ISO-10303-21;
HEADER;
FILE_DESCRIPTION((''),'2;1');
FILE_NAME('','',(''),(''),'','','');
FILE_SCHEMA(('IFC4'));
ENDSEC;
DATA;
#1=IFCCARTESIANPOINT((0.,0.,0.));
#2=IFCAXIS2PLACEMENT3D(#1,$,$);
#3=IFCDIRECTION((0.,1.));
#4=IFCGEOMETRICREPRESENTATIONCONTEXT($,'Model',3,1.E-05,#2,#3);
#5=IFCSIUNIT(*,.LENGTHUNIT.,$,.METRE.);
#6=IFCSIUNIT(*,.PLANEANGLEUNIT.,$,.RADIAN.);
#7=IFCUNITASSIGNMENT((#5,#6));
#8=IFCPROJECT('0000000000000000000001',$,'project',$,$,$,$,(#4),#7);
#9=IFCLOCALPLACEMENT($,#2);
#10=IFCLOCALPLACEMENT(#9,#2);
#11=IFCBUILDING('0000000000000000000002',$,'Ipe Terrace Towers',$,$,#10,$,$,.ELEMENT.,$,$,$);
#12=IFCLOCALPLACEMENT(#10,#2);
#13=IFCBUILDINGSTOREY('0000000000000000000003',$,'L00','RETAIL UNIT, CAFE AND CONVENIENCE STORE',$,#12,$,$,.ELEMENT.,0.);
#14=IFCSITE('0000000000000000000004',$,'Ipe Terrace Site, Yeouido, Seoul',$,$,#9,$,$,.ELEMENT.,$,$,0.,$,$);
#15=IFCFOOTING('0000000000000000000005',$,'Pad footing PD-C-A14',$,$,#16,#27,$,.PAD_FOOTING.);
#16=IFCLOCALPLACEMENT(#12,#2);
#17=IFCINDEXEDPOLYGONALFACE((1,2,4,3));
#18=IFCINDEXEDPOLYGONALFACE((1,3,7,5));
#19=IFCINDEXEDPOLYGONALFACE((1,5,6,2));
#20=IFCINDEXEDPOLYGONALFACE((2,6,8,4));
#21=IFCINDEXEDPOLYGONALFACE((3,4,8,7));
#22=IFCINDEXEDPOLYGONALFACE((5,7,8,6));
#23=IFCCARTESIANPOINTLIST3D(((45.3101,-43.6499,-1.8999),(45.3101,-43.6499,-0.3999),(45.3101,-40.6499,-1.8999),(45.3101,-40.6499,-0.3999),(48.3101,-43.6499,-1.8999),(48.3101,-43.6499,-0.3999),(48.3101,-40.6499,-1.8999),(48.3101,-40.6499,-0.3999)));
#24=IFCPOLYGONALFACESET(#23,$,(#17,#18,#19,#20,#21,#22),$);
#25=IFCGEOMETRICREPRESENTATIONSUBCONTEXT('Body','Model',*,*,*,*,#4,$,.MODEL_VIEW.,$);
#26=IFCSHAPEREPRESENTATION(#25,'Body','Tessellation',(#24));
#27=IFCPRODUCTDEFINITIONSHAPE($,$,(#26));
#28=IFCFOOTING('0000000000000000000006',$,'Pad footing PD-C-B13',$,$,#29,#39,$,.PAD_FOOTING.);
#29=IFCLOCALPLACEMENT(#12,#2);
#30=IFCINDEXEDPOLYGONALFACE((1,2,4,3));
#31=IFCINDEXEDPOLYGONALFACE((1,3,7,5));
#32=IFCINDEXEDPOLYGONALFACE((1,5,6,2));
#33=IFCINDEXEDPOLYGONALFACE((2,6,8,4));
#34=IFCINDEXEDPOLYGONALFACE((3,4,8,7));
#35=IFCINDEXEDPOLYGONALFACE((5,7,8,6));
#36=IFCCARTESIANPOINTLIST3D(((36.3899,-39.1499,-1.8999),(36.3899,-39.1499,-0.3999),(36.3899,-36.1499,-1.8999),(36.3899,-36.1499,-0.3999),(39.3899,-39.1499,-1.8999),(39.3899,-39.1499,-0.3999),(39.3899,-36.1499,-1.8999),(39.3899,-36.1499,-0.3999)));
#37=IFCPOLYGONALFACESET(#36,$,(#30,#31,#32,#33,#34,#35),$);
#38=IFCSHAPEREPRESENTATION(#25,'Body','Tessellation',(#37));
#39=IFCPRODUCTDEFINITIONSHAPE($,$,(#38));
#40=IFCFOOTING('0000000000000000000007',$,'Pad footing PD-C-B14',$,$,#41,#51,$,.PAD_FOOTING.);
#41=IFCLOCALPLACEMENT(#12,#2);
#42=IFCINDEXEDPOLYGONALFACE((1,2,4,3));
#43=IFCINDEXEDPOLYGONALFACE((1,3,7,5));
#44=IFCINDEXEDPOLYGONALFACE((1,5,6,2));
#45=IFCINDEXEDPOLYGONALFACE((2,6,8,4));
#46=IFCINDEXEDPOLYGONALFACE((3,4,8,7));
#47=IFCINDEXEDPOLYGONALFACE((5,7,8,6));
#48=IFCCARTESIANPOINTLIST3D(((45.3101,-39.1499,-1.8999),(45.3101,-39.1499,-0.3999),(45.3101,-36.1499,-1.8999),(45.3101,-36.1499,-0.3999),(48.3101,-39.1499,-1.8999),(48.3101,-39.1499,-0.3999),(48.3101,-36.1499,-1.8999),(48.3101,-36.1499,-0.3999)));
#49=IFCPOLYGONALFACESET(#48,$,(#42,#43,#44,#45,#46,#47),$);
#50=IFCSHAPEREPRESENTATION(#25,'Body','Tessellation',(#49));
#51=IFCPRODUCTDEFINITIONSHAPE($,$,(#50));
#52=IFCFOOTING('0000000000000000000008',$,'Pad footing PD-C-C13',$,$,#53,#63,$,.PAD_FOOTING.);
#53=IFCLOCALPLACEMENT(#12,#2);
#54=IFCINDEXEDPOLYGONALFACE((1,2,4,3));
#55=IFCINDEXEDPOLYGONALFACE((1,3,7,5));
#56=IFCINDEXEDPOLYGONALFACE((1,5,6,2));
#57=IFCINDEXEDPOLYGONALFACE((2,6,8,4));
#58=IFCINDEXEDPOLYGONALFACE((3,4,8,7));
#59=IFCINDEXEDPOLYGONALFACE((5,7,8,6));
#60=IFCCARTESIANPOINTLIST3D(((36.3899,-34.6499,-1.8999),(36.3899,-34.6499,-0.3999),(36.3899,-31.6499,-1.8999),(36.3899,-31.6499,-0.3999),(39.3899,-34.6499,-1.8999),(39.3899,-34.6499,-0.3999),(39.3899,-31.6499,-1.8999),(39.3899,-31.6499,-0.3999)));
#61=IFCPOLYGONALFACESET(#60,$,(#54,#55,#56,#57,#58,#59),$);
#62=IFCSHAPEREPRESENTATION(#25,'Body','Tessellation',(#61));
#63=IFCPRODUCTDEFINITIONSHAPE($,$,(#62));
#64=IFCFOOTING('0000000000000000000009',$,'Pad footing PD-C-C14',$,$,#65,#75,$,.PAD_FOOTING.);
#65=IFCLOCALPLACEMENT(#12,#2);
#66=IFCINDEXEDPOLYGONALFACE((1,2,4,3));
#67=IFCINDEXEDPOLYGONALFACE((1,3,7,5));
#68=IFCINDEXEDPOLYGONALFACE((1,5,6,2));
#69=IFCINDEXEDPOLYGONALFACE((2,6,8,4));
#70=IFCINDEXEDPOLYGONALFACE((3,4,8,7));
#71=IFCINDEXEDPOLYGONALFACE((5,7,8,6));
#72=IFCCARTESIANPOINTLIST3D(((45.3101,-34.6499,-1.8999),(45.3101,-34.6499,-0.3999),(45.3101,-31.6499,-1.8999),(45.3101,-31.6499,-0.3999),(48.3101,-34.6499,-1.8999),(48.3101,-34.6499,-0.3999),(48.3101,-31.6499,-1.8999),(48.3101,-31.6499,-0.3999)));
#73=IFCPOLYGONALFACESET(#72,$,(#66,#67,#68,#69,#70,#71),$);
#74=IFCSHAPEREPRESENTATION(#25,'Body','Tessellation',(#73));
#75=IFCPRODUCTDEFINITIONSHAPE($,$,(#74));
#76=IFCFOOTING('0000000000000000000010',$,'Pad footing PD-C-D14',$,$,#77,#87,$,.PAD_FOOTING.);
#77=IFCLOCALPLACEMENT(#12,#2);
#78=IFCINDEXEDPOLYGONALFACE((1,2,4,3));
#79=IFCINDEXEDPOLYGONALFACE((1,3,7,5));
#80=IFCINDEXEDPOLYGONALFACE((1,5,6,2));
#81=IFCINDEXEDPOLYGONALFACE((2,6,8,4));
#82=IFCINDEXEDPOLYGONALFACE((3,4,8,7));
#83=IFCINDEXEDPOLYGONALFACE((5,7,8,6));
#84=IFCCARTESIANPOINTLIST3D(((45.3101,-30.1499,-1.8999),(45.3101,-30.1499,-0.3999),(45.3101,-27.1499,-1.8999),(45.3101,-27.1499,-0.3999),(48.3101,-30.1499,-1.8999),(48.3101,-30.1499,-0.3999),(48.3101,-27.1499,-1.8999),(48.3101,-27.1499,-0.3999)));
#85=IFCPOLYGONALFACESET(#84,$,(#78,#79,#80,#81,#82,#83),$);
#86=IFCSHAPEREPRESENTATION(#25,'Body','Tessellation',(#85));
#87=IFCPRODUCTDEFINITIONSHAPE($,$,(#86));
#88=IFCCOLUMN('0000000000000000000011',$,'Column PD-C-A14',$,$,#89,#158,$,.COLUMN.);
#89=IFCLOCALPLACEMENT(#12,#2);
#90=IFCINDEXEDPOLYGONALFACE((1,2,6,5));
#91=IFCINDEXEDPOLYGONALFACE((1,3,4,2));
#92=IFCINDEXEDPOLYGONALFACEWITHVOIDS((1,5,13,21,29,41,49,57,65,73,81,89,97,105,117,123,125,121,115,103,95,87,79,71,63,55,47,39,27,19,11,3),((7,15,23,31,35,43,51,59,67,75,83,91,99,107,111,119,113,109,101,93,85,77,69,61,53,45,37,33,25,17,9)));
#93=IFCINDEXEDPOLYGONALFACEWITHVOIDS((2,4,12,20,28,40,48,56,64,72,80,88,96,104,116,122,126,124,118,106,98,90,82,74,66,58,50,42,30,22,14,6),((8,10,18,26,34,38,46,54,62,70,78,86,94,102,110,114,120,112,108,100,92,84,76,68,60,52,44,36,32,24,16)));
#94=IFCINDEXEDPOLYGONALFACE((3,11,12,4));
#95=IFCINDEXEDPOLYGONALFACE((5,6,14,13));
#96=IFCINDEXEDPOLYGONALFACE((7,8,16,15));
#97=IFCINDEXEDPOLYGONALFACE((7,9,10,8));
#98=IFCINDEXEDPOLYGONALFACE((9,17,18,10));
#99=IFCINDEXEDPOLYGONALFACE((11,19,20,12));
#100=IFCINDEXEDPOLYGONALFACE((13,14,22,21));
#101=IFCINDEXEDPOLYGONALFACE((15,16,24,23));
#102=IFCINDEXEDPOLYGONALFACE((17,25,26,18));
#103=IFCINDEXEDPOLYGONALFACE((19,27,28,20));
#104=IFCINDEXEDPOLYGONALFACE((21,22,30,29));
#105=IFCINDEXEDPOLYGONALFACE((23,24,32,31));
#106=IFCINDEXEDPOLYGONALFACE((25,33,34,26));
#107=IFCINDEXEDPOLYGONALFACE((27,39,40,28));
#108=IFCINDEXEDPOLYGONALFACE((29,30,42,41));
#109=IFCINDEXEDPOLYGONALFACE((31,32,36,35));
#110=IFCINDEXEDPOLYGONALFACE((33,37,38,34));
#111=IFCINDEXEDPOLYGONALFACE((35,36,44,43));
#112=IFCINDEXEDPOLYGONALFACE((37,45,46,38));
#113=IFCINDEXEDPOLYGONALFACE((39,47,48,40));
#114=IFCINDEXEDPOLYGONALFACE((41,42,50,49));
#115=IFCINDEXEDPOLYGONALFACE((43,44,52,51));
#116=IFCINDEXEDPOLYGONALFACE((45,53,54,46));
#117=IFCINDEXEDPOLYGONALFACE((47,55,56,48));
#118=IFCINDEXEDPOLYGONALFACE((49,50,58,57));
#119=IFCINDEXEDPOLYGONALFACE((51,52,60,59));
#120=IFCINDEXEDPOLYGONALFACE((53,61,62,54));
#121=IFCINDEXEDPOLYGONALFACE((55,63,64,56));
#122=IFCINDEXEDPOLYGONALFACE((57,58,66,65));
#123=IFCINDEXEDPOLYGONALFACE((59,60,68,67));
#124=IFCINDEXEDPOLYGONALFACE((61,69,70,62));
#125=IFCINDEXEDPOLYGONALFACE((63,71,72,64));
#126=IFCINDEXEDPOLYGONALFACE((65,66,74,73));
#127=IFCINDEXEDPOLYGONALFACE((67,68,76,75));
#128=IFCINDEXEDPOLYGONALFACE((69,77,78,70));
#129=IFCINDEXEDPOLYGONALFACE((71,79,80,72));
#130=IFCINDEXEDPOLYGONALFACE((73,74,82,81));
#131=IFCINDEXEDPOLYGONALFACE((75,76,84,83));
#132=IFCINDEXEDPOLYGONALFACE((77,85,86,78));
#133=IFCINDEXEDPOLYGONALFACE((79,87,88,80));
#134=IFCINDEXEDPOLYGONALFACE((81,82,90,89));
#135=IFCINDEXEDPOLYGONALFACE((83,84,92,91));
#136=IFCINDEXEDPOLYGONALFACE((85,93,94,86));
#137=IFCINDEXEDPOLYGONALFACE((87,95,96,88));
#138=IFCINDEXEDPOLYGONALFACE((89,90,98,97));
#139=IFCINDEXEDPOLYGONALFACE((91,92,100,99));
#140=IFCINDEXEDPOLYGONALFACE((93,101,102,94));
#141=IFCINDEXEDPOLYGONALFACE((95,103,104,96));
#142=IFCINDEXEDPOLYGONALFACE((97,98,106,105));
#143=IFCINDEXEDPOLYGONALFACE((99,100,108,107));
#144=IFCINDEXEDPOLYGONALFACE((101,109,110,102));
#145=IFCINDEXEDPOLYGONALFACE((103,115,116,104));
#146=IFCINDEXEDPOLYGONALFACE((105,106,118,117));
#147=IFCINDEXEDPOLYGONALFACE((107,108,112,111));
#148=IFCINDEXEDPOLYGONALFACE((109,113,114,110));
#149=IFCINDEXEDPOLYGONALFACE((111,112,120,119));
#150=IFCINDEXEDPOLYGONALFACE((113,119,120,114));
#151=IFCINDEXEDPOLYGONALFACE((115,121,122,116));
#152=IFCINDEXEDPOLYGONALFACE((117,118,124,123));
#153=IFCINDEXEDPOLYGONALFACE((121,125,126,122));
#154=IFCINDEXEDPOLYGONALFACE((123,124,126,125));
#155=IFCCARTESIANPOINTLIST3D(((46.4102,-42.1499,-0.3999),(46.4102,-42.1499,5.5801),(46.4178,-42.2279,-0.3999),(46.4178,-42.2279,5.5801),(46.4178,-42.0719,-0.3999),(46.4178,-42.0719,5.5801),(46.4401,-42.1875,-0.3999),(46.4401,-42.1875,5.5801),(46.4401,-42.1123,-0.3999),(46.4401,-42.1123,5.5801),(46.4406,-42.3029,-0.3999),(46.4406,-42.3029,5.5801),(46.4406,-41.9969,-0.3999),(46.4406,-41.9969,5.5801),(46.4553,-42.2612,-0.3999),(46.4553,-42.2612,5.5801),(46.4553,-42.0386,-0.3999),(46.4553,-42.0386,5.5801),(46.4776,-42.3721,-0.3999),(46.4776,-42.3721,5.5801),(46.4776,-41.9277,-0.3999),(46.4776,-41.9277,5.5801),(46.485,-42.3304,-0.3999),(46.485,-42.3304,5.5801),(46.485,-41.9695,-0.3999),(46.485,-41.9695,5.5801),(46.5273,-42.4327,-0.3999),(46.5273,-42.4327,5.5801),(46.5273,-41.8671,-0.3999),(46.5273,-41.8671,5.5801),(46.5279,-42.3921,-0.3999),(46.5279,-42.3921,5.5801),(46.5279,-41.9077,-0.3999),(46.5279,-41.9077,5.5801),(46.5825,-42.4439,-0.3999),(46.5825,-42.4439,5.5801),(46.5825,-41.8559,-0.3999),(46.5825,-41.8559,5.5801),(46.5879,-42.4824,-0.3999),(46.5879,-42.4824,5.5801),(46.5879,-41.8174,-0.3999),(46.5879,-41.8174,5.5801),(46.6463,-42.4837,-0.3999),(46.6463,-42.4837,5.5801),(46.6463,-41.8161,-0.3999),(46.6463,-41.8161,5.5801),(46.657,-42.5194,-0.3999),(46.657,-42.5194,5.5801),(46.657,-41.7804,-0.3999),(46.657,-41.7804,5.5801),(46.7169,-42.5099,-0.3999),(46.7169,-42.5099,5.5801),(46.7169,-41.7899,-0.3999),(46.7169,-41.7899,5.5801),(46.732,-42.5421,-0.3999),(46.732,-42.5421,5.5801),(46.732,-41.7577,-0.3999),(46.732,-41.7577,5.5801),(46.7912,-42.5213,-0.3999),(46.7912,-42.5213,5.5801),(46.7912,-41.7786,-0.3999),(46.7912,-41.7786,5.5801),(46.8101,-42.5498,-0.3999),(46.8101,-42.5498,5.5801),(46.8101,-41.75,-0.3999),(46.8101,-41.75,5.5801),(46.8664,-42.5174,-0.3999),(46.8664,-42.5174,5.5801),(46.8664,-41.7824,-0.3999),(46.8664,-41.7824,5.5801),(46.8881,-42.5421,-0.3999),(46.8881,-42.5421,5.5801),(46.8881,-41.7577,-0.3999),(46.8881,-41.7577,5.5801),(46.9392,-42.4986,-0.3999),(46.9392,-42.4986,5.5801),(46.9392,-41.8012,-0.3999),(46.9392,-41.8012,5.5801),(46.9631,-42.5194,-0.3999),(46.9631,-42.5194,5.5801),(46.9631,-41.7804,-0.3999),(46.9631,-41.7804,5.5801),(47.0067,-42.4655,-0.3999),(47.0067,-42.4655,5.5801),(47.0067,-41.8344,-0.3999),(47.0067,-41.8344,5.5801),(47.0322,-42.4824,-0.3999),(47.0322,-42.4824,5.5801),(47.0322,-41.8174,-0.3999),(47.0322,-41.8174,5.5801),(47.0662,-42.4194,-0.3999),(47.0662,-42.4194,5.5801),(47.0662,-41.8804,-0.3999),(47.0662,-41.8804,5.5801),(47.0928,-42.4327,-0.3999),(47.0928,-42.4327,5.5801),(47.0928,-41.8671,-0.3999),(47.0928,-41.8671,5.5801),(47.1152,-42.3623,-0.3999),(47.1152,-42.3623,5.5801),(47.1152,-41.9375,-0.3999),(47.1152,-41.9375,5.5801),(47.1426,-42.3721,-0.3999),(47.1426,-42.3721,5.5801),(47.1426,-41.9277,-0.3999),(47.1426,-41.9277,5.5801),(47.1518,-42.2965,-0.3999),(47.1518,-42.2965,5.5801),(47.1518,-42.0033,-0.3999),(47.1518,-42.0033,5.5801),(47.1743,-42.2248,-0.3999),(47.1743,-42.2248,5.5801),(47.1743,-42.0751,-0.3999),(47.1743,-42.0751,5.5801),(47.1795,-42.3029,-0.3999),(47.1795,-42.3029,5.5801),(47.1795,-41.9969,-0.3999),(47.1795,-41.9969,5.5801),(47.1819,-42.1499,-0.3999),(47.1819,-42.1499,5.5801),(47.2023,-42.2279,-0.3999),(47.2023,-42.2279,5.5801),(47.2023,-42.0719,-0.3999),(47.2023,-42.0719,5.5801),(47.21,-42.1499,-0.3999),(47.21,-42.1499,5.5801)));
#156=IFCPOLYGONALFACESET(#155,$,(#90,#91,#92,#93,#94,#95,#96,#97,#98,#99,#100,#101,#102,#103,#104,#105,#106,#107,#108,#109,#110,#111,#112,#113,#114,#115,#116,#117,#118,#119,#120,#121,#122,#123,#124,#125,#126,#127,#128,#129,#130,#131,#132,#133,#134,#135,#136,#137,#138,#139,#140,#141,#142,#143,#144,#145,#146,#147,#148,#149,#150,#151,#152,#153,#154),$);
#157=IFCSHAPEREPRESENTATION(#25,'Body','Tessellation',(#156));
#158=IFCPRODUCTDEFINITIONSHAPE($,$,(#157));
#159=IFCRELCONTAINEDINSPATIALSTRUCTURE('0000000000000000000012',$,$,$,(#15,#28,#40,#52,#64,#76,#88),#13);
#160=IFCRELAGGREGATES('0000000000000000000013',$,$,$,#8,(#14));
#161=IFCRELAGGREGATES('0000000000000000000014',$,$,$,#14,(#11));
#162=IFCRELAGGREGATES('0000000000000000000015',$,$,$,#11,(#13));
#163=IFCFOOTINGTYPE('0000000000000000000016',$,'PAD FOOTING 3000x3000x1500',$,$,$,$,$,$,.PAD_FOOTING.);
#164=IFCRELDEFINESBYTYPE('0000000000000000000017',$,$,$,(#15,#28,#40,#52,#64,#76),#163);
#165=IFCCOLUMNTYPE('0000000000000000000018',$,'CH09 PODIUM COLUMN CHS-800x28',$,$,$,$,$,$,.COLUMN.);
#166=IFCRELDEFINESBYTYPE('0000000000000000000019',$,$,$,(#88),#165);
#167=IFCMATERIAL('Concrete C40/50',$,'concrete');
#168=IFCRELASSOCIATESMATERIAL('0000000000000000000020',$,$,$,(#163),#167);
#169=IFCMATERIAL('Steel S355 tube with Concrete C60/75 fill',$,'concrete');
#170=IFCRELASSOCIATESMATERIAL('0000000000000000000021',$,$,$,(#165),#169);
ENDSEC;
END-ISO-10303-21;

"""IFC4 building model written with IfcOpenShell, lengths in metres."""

from ifc_helpers import new_model, si_unit, direction, frame, origin, origin_2d, place, context, subcontext, project, spatial, rectangle, hollow_circle, extrude, material, material_profile, profile_set, type_object, element, save


model = new_model("IFC4")

# Units and contexts
model_context = context("Model", 3, precision=1e-05, world=origin(), true_north=direction((0.0, 1.0)))
body_context = subcontext(model_context, "Body", "Model", "MODEL_VIEW")
ifc_project = project(units=[si_unit("LENGTHUNIT", "METRE"), si_unit("PLANEANGLEUNIT", "RADIAN")], contexts=[model_context])

# Site, building, storey
site_placement = place(None, origin())
site = spatial("IfcSite", under=ifc_project, at=site_placement, Name="Ipe Terrace Site, Yeouido, Seoul", CompositionType="ELEMENT", RefElevation=0.0)
building_placement = place(site_placement, origin())
building = spatial("IfcBuilding", under=site, at=building_placement, Name="Ipe Terrace Towers", CompositionType="ELEMENT")
storey_placement = place(building_placement, origin())
storey = spatial("IfcBuildingStorey", under=building, at=storey_placement, Name="L00", Description="RETAIL UNIT, CAFE AND CONVENIENCE STORE", CompositionType="ELEMENT", Elevation=0.0)

# Footings
ifc_material_1 = material(Name="Concrete C40/50", Category="concrete")
footing_type = type_object("IfcFootingType", Name="PAD FOOTING 3000x3000x1500", PredefinedType="PAD_FOOTING", material=ifc_material_1)
for number, where, z_axis, x_axis, name in (
    (1, (46.8101, -42.1499, -1.8999), (0.0, 0.0, 1.0), (1.0, 0.0, 0.0), "Pad footing PD-C-A14"),
    (2, (37.8899, -37.6499, -1.8999), (0.0, 0.0, 1.0), (1.0, 0.0, 0.0), "Pad footing PD-C-B13"),
    (3, (46.8101, -37.6499, -1.8999), (0.0, 0.0, 1.0), (1.0, 0.0, 0.0), "Pad footing PD-C-B14"),
    (4, (37.8899, -33.1499, -1.8999), (0.0, 0.0, 1.0), (1.0, 0.0, 0.0), "Pad footing PD-C-C13"),
    (5, (46.8101, -33.1499, -1.8999), (0.0, 0.0, 1.0), (1.0, 0.0, 0.0), "Pad footing PD-C-C14"),
    (6, (46.8101, -28.6499, -1.8999), (0.0, 0.0, 1.0), (1.0, 0.0, 0.0), "Pad footing PD-C-D14"),
):
    element("IfcFooting", number, at=place(storey_placement, frame(where, z_axis=z_axis, x_axis=x_axis)), inside=storey, type_object=footing_type, Name=name, PredefinedType="PAD_FOOTING", context=body_context, shape_type="SweptSolid", body=[
        extrude(rectangle(XDim=3.0, YDim=3.0, at=origin_2d()), origin(), (0.0, 0.0, 1.0), 1.5),
    ])

# Column
ifc_material_2 = material(Name="Steel S355 tube with Concrete C60/75 fill", Category="concrete")
ifc_material_profile_1 = material_profile(ifc_material_2, hollow_circle(Radius=0.3999, WallThickness=0.0281, at=origin_2d()), Name="CHS-800x28")
ifc_profile_set_1 = profile_set([ifc_material_profile_1], Name="Steel S355 tube with Concrete C60/75 fill")
column_type = type_object("IfcColumnType", Name="CH09 PODIUM COLUMN CHS-800x28", PredefinedType="COLUMN", material=ifc_profile_set_1)
column_placement = place(storey_placement, frame((46.8101, -42.1499, -0.3999), z_axis=(0.0, 0.0, 1.0), x_axis=(1.0, 0.0, 0.0)))
element("IfcColumn", 7, at=column_placement, inside=storey, type_object=column_type, Name="Column PD-C-A14", PredefinedType="COLUMN", context=body_context, shape_type="SweptSolid", body=[
    extrude(hollow_circle(Radius=0.3999, WallThickness=0.0281, at=origin_2d()), origin(), (0.0, 0.0, 1.0), 5.98),
])

save(model, "model.ifc")
